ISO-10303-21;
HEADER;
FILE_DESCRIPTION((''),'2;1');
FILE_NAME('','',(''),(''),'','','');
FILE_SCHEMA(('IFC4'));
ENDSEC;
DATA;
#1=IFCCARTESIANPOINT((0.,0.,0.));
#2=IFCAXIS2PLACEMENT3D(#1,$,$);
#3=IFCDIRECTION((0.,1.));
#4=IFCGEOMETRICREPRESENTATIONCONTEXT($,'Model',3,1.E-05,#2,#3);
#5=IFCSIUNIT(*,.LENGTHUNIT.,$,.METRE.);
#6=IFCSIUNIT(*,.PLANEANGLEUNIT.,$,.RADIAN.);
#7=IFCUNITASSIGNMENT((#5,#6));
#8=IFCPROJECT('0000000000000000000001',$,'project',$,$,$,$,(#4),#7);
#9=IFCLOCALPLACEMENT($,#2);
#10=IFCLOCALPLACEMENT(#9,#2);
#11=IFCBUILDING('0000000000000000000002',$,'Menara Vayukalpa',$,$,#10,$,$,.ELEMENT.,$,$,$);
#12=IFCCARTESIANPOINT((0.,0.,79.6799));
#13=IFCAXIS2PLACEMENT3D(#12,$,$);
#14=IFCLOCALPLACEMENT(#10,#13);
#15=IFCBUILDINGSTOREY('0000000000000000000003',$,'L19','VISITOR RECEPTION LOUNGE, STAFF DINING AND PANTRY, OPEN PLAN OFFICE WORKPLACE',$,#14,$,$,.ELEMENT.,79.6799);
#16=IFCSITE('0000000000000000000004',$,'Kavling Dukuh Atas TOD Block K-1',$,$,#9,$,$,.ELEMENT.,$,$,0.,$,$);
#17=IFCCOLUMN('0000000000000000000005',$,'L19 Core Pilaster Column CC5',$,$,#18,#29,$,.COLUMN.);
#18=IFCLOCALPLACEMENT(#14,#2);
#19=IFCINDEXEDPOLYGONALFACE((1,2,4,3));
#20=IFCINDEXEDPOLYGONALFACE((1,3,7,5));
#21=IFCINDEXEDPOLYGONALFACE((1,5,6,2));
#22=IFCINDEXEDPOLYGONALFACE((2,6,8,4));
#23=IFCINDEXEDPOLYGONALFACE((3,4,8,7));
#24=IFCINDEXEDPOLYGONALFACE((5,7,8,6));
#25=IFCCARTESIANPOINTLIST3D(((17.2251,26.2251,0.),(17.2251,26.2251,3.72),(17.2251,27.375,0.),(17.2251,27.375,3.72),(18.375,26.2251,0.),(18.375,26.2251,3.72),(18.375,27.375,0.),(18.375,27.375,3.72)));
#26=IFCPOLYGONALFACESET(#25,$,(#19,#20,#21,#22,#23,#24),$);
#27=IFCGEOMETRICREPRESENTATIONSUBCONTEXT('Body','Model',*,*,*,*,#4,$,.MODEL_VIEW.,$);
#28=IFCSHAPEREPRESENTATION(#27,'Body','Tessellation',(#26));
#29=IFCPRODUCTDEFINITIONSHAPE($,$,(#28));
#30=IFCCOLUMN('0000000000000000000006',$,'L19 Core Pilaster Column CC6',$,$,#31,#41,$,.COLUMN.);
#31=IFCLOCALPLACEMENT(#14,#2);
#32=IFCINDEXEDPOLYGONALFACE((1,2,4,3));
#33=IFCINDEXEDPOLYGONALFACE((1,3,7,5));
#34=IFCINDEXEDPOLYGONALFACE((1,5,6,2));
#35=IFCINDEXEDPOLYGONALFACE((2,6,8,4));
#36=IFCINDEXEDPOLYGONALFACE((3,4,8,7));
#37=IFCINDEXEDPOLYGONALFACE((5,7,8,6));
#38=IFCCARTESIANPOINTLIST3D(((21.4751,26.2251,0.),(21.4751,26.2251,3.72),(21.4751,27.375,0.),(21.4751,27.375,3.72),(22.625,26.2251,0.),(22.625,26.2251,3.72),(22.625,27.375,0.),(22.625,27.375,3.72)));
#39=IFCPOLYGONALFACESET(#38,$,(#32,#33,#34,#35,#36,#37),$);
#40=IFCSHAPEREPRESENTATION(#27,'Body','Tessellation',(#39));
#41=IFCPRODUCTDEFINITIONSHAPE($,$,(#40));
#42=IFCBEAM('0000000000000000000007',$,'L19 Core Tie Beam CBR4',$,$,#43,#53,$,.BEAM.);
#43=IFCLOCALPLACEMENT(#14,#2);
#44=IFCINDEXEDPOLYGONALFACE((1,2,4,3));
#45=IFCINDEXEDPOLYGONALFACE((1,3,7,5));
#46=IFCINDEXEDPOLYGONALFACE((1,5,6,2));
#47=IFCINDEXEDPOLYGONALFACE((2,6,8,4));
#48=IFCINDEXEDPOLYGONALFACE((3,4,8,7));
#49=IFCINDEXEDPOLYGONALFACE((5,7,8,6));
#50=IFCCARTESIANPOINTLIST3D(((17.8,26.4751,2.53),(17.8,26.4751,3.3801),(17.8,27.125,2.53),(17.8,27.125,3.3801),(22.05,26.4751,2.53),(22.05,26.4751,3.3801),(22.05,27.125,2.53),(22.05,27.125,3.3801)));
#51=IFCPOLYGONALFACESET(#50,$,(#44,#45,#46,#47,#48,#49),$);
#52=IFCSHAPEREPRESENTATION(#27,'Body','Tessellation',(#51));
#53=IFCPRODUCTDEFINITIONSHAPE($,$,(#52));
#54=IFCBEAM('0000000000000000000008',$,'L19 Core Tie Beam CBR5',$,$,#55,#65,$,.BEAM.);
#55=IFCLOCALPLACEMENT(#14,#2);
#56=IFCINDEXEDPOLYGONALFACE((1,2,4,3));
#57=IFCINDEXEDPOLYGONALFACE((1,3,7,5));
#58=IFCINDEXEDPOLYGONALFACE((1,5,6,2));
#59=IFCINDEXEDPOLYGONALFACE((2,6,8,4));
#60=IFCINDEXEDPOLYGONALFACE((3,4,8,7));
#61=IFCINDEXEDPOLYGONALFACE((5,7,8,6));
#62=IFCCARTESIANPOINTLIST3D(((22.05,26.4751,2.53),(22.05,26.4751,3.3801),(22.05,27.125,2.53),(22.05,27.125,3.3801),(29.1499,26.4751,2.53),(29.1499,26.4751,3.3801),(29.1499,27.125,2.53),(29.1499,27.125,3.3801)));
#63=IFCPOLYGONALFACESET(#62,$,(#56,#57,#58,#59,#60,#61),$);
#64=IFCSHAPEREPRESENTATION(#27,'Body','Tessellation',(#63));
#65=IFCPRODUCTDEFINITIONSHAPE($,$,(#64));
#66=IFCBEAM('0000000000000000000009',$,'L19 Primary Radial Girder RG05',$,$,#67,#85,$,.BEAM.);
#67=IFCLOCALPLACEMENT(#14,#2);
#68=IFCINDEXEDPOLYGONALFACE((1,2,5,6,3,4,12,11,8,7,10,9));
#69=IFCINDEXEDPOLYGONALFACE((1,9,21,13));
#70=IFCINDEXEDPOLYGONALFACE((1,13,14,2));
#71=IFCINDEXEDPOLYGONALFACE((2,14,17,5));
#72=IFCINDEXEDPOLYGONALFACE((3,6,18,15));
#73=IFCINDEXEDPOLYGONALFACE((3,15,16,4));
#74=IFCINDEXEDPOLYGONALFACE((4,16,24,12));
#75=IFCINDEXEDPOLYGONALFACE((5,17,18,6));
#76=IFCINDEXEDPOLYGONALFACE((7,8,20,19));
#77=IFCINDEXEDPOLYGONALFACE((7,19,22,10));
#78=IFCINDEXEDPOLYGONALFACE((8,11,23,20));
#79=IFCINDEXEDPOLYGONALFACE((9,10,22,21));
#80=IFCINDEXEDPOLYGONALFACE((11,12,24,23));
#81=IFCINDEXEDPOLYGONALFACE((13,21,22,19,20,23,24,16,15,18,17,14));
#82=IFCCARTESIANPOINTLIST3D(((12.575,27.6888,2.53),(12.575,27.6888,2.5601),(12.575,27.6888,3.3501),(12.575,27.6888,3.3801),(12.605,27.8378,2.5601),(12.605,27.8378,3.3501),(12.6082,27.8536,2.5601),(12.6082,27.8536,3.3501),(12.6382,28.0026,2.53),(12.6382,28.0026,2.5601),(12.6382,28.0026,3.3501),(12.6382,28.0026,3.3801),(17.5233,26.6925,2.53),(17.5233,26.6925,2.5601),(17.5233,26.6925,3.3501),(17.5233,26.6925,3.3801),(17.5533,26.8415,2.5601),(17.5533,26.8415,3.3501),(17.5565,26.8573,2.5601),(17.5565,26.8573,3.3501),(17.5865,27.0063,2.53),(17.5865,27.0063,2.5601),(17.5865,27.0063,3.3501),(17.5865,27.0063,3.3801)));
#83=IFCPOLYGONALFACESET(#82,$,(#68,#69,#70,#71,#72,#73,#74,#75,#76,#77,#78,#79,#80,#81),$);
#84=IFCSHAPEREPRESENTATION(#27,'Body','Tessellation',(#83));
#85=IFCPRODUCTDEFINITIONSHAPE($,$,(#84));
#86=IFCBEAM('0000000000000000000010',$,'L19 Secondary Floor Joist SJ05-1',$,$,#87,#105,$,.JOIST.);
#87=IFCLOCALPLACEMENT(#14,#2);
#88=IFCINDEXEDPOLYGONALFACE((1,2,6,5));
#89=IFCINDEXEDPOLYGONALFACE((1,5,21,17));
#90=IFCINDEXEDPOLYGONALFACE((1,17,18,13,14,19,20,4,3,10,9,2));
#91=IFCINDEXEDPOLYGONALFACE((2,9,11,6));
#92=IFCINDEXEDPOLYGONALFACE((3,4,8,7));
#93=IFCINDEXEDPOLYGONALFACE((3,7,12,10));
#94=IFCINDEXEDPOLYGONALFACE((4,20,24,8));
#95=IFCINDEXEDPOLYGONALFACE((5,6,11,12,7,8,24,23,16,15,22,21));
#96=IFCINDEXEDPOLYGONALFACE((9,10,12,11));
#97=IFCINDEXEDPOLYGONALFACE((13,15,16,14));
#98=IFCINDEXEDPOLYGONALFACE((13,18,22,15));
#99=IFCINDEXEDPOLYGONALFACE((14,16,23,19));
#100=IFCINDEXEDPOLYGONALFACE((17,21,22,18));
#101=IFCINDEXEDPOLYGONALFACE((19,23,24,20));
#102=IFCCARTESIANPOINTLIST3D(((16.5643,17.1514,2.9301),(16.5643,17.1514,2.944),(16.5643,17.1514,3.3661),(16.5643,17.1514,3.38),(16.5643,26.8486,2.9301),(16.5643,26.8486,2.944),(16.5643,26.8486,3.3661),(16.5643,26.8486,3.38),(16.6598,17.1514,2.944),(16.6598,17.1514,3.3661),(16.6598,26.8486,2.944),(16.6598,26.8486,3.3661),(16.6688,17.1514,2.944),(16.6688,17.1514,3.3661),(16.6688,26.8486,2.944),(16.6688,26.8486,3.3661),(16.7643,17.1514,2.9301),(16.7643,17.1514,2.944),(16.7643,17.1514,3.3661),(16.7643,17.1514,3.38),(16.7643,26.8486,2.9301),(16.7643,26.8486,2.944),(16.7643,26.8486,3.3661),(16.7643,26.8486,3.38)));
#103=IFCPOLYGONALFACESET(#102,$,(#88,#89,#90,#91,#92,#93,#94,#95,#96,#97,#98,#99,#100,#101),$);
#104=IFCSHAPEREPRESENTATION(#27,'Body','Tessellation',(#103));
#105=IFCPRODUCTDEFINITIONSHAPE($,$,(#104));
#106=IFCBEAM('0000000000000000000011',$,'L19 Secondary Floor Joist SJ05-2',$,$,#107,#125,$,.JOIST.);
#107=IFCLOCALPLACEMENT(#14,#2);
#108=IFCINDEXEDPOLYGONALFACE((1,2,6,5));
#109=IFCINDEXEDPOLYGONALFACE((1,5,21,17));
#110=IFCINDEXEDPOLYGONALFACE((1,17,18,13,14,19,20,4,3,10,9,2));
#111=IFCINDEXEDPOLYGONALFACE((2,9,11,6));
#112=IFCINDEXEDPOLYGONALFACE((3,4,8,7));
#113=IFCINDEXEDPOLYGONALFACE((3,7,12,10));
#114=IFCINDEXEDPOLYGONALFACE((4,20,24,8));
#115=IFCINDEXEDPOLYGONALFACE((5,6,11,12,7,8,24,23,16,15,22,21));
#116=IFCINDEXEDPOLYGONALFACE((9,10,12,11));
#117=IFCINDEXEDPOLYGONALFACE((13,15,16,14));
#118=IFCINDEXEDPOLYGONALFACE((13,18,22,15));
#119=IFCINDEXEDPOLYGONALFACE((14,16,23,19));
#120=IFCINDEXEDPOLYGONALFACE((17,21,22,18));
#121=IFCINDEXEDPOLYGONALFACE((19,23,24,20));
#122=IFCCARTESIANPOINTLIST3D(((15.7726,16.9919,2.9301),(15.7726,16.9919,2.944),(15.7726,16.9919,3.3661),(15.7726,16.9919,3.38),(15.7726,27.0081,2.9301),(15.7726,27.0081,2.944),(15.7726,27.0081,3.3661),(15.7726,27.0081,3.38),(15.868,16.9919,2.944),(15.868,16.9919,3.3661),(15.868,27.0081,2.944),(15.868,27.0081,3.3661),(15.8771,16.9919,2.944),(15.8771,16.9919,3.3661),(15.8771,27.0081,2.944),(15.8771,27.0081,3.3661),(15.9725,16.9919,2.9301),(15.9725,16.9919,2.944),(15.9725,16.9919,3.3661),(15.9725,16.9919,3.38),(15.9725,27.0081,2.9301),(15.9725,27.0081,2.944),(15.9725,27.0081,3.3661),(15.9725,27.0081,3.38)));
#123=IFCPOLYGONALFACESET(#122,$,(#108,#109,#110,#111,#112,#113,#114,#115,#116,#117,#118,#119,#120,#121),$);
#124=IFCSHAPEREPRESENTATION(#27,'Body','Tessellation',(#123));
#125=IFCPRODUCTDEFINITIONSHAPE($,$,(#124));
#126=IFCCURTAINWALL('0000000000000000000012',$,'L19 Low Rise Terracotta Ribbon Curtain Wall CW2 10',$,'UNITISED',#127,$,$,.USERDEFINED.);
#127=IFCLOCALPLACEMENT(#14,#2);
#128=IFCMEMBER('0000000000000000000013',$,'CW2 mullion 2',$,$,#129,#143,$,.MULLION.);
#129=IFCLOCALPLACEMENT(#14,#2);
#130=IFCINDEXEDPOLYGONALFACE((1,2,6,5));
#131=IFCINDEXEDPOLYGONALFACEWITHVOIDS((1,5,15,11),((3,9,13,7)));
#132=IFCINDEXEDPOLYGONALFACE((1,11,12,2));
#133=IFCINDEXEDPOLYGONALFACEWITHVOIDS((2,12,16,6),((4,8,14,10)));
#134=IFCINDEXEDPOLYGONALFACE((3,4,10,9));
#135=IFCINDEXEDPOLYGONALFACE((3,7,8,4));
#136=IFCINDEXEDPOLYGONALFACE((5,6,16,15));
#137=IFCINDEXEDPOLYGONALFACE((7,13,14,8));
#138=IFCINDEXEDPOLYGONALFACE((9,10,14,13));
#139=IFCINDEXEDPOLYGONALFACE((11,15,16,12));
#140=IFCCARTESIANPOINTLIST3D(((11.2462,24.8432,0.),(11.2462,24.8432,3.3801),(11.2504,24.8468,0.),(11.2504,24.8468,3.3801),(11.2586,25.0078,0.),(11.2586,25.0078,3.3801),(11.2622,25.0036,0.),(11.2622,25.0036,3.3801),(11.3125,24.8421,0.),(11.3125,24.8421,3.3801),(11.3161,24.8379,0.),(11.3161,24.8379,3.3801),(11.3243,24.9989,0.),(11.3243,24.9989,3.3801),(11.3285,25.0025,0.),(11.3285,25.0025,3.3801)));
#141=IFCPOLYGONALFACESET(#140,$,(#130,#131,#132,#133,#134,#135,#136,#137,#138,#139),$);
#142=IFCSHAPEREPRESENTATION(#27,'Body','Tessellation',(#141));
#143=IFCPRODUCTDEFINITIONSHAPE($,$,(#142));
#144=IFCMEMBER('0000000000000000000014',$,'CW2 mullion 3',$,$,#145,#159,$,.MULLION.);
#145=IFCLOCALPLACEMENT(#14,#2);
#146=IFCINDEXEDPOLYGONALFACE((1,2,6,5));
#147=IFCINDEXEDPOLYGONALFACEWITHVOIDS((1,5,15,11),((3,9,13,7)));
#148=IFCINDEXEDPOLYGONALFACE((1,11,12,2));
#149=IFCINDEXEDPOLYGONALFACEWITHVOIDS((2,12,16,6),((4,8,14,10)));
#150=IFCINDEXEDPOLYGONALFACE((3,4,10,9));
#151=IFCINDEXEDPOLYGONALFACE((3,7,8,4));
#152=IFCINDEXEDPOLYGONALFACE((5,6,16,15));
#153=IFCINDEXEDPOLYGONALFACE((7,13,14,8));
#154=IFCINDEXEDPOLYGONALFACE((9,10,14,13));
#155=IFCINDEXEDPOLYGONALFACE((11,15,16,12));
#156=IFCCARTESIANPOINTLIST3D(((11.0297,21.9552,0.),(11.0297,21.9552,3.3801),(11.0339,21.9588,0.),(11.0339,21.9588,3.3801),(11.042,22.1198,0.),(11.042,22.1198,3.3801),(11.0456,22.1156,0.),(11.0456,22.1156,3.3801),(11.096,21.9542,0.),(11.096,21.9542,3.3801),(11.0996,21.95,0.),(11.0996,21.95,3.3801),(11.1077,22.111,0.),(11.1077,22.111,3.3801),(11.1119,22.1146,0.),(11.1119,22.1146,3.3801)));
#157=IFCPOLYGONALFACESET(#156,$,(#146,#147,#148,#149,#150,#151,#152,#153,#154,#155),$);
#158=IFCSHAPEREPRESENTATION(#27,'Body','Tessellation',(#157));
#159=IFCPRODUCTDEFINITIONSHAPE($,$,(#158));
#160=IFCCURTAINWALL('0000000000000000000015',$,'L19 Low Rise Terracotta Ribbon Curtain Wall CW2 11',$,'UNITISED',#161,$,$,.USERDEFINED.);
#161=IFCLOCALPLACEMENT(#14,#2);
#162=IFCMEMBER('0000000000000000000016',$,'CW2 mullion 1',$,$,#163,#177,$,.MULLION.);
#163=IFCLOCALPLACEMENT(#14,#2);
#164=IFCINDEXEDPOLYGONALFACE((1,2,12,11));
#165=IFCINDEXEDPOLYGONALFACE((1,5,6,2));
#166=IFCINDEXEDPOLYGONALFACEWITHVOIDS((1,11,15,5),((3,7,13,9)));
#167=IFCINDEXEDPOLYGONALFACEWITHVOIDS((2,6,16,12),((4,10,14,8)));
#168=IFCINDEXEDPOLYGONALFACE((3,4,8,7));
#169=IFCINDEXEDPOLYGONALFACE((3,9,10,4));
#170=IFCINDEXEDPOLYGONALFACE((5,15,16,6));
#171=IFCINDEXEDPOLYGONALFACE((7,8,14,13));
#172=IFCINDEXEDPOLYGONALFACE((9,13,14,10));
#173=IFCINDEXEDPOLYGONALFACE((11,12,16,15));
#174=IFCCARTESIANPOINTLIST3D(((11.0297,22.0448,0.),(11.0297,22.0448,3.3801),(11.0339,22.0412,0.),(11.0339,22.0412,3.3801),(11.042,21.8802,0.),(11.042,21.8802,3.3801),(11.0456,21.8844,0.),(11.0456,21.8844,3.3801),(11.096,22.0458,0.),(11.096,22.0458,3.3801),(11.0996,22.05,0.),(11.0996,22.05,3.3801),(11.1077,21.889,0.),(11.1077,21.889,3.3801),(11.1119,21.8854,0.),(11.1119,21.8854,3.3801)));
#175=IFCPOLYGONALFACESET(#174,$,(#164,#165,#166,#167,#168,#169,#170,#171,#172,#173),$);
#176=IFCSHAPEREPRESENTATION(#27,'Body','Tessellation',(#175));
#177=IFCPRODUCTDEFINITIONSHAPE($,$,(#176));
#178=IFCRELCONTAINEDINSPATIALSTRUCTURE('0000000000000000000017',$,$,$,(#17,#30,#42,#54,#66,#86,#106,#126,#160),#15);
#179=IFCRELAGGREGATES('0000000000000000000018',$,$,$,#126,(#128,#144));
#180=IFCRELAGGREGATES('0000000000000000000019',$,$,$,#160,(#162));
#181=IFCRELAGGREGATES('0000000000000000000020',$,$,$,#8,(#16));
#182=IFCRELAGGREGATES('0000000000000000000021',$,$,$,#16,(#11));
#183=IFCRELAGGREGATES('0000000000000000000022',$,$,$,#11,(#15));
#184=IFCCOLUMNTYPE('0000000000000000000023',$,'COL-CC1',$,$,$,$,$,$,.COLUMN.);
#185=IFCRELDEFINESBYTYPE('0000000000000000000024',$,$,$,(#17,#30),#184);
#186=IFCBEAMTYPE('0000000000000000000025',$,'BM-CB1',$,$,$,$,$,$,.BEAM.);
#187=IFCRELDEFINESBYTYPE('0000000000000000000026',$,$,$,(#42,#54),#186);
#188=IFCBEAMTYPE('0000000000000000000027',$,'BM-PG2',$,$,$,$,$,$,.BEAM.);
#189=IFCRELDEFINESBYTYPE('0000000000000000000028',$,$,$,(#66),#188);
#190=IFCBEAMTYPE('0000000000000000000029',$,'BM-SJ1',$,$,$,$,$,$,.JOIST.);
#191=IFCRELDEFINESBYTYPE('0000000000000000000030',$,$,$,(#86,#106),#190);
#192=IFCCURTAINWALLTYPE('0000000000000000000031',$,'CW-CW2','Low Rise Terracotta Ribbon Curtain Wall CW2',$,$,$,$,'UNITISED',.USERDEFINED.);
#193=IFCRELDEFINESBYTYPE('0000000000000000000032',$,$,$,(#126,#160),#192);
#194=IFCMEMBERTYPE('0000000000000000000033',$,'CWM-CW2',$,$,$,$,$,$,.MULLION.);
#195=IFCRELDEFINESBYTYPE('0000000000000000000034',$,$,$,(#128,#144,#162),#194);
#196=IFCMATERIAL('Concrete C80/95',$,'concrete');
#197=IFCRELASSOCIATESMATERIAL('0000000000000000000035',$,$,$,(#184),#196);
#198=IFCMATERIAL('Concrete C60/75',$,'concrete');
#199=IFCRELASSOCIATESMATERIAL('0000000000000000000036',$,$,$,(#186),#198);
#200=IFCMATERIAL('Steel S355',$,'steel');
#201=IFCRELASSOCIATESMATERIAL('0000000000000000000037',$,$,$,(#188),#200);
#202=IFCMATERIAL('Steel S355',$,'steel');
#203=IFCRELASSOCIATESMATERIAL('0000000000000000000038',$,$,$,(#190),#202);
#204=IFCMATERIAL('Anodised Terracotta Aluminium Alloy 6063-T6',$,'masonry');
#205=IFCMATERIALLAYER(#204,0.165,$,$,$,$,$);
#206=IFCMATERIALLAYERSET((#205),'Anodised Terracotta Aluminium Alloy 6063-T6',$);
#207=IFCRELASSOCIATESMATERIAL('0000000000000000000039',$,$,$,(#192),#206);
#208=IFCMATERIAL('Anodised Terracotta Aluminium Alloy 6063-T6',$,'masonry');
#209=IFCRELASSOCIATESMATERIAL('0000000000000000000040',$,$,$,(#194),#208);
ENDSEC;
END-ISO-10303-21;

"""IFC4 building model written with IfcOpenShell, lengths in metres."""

from ifc_helpers import new_model, si_unit, direction, frame, origin, origin_2d, place, context, subcontext, project, spatial, rectangle, hollow_rectangle, i_section, extrude, material, layer, layer_set, material_profile, profile_set, type_object, element, aggregate, save


model = new_model("IFC4")

# Units and contexts
model_context = context("Model", 3, precision=1e-05, world=origin(), true_north=direction((0.0, 1.0)))
body_context = subcontext(model_context, "Body", "Model", "MODEL_VIEW")
ifc_project = project(units=[si_unit("LENGTHUNIT", "METRE"), si_unit("PLANEANGLEUNIT", "RADIAN")], contexts=[model_context])

# Site, building, storey
site_placement = place(None, origin())
site = spatial("IfcSite", under=ifc_project, at=site_placement, Name="Kavling Dukuh Atas TOD Block K-1", CompositionType="ELEMENT", RefElevation=0.0)
building_placement = place(site_placement, origin())
building = spatial("IfcBuilding", under=site, at=building_placement, Name="Menara Vayukalpa", CompositionType="ELEMENT")
storey_placement = place(building_placement, frame((0.0, 0.0, 79.6799)))
storey = spatial("IfcBuildingStorey", under=building, at=storey_placement, Name="L19", Description="VISITOR RECEPTION LOUNGE, STAFF DINING AND PANTRY, OPEN PLAN OFFICE WORKPLACE", CompositionType="ELEMENT", Elevation=79.6799)

# Columns
ifc_material_1 = material(Name="Concrete C80/95", Category="concrete")
ifc_material_profile_1 = material_profile(ifc_material_1, rectangle(XDim=1.1499, YDim=1.1499, at=origin_2d()), Name="RC 1150x1150")
ifc_profile_set_1 = profile_set([ifc_material_profile_1], Name="Concrete C80/95")
column_type = type_object("IfcColumnType", Name="COL-CC1", PredefinedType="COLUMN", material=ifc_profile_set_1)
for number, where, z_axis, x_axis, name in (
    (1, (17.8, 26.8, 0.0), (0.0, 0.0, 1.0), (1.0, 0.0, 0.0), "L19 Core Pilaster Column CC5"),
    (2, (22.05, 26.8, 0.0), (0.0, 0.0, 1.0), (1.0, 0.0, 0.0), "L19 Core Pilaster Column CC6"),
):
    element("IfcColumn", number, at=place(storey_placement, frame(where, z_axis=z_axis, x_axis=x_axis)), inside=storey, type_object=column_type, Name=name, PredefinedType="COLUMN", context=body_context, shape_type="SweptSolid", body=[
        extrude(rectangle(XDim=1.1499, YDim=1.1499, at=origin_2d()), origin(), (0.0, 0.0, 1.0), 3.72),
    ])

# Beams
ifc_material_2 = material(Name="Concrete C60/75", Category="concrete")
ifc_material_profile_2 = material_profile(ifc_material_2, rectangle(XDim=0.6499, YDim=0.8501, at=origin_2d()), Name="RC 650x850")
ifc_profile_set_2 = profile_set([ifc_material_profile_2], Name="Concrete C60/75")
beam_type_1 = type_object("IfcBeamType", Name="BM-CB1", PredefinedType="BEAM", material=ifc_profile_set_2)
beam_1_placement = place(storey_placement, frame((17.8, 26.8, 2.9551), z_axis=(1.0, 0.0, 0.0), x_axis=(0.0, 1.0, 0.0)))
element("IfcBeam", 3, at=beam_1_placement, inside=storey, type_object=beam_type_1, Name="L19 Core Tie Beam CBR4", PredefinedType="BEAM", context=body_context, shape_type="SweptSolid", body=[
    extrude(rectangle(XDim=0.6499, YDim=0.8501, at=origin_2d()), origin(), (0.0, 0.0, 1.0), 4.25),
])
beam_2_placement = place(storey_placement, frame((22.05, 26.8, 2.9551), z_axis=(1.0, 0.0, 0.0), x_axis=(0.0, 1.0, 0.0)))
element("IfcBeam", 4, at=beam_2_placement, inside=storey, type_object=beam_type_1, Name="L19 Core Tie Beam CBR5", PredefinedType="BEAM", context=body_context, shape_type="SweptSolid", body=[
    extrude(rectangle(XDim=0.6499, YDim=0.8501, at=origin_2d()), origin(), (0.0, 0.0, 1.0), 7.0999),
])
ifc_material_3 = material(Name="Steel S355", Category="steel")
ifc_material_profile_3 = material_profile(ifc_material_3, i_section(OverallWidth=0.3201, OverallDepth=0.8501, WebThickness=0.0161, FlangeThickness=0.03, at=origin_2d()), Name="WF 850x320x16x30")
ifc_profile_set_3 = profile_set([ifc_material_profile_3], Name="Steel S355")
beam_type_2 = type_object("IfcBeamType", Name="BM-PG2", PredefinedType="BEAM", material=ifc_profile_set_3)
beam_3_placement = place(storey_placement, frame((17.5549, 26.8494, 2.9551), z_axis=(-0.980325, 0.19739, 0.0), x_axis=(-0.19739, -0.980325, 0.0)))
element("IfcBeam", 5, at=beam_3_placement, inside=storey, type_object=beam_type_2, Name="L19 Primary Radial Girder RG05", PredefinedType="BEAM", context=body_context, shape_type="SweptSolid", body=[
    extrude(i_section(OverallWidth=0.3201, OverallDepth=0.8501, WebThickness=0.0161, FlangeThickness=0.03, at=origin_2d()), origin(), (0.0, 0.0, 1.0), 5.0476),
])
ifc_material_4 = material(Name="Steel S355", Category="steel")
ifc_material_profile_4 = material_profile(ifc_material_4, i_section(OverallWidth=0.2, OverallDepth=0.45, WebThickness=0.009, FlangeThickness=0.0139, at=origin_2d()), Name="WF 450x200x9x14")
ifc_profile_set_4 = profile_set([ifc_material_profile_4], Name="Steel S355")
beam_type_3 = type_object("IfcBeamType", Name="BM-SJ1", PredefinedType="JOIST", material=ifc_profile_set_4)
beam_4_placement = place(storey_placement, frame((16.6643, 26.8486, 3.155), z_axis=(0.0, -1.0, 0.0), x_axis=(1.0, 0.0, 0.0)))
element("IfcBeam", 6, at=beam_4_placement, inside=storey, type_object=beam_type_3, Name="L19 Secondary Floor Joist SJ05-1", PredefinedType="JOIST", context=body_context, shape_type="SweptSolid", body=[
    extrude(i_section(OverallWidth=0.2, OverallDepth=0.45, WebThickness=0.009, FlangeThickness=0.0139, at=origin_2d()), origin(), (0.0, 0.0, 1.0), 9.6973),
])
beam_5_placement = place(storey_placement, frame((15.8726, 27.0081, 3.155), z_axis=(0.0, -1.0, 0.0), x_axis=(1.0, 0.0, 0.0)))
element("IfcBeam", 7, at=beam_5_placement, inside=storey, type_object=beam_type_3, Name="L19 Secondary Floor Joist SJ05-2", PredefinedType="JOIST", context=body_context, shape_type="SweptSolid", body=[
    extrude(i_section(OverallWidth=0.2, OverallDepth=0.45, WebThickness=0.009, FlangeThickness=0.0139, at=origin_2d()), origin(), (0.0, 0.0, 1.0), 10.0161),
])

# Curtain wall, members
ifc_material_5 = material(Name="Anodised Terracotta Aluminium Alloy 6063-T6", Category="masonry")
ifc_layer_1 = layer(ifc_material_5, 0.165)
ifc_layer_set_1 = layer_set([ifc_layer_1], Name="Anodised Terracotta Aluminium Alloy 6063-T6")
curtain_wall_type = type_object("IfcCurtainWallType", Name="CW-CW2", Description="Low Rise Terracotta Ribbon Curtain Wall CW2", ElementType="UNITISED", PredefinedType="USERDEFINED", material=ifc_layer_set_1)
curtain_wall_1_placement = place(storey_placement, origin())
curtain_wall_1 = element("IfcCurtainWall", 8, at=curtain_wall_1_placement, inside=storey, type_object=curtain_wall_type, Name="L19 Low Rise Terracotta Ribbon Curtain Wall CW2 10", ObjectType="UNITISED", PredefinedType="USERDEFINED")
ifc_material_6 = material(Name="Anodised Terracotta Aluminium Alloy 6063-T6", Category="masonry")
ifc_material_profile_5 = material_profile(ifc_material_6, hollow_rectangle(XDim=0.0701, YDim=0.165, WallThickness=0.0039, at=origin_2d()), Name="ALU 70x165x4")
ifc_profile_set_5 = profile_set([ifc_material_profile_5], Name="Anodised Terracotta Aluminium Alloy 6063-T6")
member_type_1 = type_object("IfcMemberType", Name="CWM-CW2", PredefinedType="MULLION", material=ifc_profile_set_5)
member_1_placement = place(storey_placement, frame((11.2874, 24.9229, 0.0), z_axis=(0.0, 0.0, 1.0), x_axis=(0.9972, -0.074785, 0.0)))
member_1 = element("IfcMember", 9, at=member_1_placement, type_object=member_type_1, Name="CW2 mullion 2", PredefinedType="MULLION", context=body_context, shape_type="SweptSolid", body=[
    extrude(hollow_rectangle(XDim=0.0701, YDim=0.165, WallThickness=0.0039, at=origin_2d()), origin(), (0.0, 0.0, 1.0), 3.3801),
])
member_2_placement = place(storey_placement, frame((11.0708, 22.0349, 0.0), z_axis=(0.0, 0.0, 1.0), x_axis=(0.9972, -0.074785, 0.0)))
member_2 = element("IfcMember", 10, at=member_2_placement, type_object=member_type_1, Name="CW2 mullion 3", PredefinedType="MULLION", context=body_context, shape_type="SweptSolid", body=[
    extrude(hollow_rectangle(XDim=0.0701, YDim=0.165, WallThickness=0.0039, at=origin_2d()), origin(), (0.0, 0.0, 1.0), 3.3801),
])

# Curtain wall, member
curtain_wall_2_placement = place(storey_placement, origin())
curtain_wall_2 = element("IfcCurtainWall", 11, at=curtain_wall_2_placement, inside=storey, type_object=curtain_wall_type, Name="L19 Low Rise Terracotta Ribbon Curtain Wall CW2 11", ObjectType="UNITISED", PredefinedType="USERDEFINED")
member_3_placement = place(storey_placement, frame((11.0708, 21.9651, 0.0), z_axis=(0.0, 0.0, 1.0), x_axis=(0.9972, 0.074785, 0.0)))
member_3 = element("IfcMember", 12, at=member_3_placement, type_object=member_type_1, Name="CW2 mullion 1", PredefinedType="MULLION", context=body_context, shape_type="SweptSolid", body=[
    extrude(hollow_rectangle(XDim=0.0701, YDim=0.165, WallThickness=0.0039, at=origin_2d()), origin(), (0.0, 0.0, 1.0), 3.3801),
])

aggregate(curtain_wall_1, [member_1, member_2])
aggregate(curtain_wall_2, [member_3])

save(model, "model.ifc")
